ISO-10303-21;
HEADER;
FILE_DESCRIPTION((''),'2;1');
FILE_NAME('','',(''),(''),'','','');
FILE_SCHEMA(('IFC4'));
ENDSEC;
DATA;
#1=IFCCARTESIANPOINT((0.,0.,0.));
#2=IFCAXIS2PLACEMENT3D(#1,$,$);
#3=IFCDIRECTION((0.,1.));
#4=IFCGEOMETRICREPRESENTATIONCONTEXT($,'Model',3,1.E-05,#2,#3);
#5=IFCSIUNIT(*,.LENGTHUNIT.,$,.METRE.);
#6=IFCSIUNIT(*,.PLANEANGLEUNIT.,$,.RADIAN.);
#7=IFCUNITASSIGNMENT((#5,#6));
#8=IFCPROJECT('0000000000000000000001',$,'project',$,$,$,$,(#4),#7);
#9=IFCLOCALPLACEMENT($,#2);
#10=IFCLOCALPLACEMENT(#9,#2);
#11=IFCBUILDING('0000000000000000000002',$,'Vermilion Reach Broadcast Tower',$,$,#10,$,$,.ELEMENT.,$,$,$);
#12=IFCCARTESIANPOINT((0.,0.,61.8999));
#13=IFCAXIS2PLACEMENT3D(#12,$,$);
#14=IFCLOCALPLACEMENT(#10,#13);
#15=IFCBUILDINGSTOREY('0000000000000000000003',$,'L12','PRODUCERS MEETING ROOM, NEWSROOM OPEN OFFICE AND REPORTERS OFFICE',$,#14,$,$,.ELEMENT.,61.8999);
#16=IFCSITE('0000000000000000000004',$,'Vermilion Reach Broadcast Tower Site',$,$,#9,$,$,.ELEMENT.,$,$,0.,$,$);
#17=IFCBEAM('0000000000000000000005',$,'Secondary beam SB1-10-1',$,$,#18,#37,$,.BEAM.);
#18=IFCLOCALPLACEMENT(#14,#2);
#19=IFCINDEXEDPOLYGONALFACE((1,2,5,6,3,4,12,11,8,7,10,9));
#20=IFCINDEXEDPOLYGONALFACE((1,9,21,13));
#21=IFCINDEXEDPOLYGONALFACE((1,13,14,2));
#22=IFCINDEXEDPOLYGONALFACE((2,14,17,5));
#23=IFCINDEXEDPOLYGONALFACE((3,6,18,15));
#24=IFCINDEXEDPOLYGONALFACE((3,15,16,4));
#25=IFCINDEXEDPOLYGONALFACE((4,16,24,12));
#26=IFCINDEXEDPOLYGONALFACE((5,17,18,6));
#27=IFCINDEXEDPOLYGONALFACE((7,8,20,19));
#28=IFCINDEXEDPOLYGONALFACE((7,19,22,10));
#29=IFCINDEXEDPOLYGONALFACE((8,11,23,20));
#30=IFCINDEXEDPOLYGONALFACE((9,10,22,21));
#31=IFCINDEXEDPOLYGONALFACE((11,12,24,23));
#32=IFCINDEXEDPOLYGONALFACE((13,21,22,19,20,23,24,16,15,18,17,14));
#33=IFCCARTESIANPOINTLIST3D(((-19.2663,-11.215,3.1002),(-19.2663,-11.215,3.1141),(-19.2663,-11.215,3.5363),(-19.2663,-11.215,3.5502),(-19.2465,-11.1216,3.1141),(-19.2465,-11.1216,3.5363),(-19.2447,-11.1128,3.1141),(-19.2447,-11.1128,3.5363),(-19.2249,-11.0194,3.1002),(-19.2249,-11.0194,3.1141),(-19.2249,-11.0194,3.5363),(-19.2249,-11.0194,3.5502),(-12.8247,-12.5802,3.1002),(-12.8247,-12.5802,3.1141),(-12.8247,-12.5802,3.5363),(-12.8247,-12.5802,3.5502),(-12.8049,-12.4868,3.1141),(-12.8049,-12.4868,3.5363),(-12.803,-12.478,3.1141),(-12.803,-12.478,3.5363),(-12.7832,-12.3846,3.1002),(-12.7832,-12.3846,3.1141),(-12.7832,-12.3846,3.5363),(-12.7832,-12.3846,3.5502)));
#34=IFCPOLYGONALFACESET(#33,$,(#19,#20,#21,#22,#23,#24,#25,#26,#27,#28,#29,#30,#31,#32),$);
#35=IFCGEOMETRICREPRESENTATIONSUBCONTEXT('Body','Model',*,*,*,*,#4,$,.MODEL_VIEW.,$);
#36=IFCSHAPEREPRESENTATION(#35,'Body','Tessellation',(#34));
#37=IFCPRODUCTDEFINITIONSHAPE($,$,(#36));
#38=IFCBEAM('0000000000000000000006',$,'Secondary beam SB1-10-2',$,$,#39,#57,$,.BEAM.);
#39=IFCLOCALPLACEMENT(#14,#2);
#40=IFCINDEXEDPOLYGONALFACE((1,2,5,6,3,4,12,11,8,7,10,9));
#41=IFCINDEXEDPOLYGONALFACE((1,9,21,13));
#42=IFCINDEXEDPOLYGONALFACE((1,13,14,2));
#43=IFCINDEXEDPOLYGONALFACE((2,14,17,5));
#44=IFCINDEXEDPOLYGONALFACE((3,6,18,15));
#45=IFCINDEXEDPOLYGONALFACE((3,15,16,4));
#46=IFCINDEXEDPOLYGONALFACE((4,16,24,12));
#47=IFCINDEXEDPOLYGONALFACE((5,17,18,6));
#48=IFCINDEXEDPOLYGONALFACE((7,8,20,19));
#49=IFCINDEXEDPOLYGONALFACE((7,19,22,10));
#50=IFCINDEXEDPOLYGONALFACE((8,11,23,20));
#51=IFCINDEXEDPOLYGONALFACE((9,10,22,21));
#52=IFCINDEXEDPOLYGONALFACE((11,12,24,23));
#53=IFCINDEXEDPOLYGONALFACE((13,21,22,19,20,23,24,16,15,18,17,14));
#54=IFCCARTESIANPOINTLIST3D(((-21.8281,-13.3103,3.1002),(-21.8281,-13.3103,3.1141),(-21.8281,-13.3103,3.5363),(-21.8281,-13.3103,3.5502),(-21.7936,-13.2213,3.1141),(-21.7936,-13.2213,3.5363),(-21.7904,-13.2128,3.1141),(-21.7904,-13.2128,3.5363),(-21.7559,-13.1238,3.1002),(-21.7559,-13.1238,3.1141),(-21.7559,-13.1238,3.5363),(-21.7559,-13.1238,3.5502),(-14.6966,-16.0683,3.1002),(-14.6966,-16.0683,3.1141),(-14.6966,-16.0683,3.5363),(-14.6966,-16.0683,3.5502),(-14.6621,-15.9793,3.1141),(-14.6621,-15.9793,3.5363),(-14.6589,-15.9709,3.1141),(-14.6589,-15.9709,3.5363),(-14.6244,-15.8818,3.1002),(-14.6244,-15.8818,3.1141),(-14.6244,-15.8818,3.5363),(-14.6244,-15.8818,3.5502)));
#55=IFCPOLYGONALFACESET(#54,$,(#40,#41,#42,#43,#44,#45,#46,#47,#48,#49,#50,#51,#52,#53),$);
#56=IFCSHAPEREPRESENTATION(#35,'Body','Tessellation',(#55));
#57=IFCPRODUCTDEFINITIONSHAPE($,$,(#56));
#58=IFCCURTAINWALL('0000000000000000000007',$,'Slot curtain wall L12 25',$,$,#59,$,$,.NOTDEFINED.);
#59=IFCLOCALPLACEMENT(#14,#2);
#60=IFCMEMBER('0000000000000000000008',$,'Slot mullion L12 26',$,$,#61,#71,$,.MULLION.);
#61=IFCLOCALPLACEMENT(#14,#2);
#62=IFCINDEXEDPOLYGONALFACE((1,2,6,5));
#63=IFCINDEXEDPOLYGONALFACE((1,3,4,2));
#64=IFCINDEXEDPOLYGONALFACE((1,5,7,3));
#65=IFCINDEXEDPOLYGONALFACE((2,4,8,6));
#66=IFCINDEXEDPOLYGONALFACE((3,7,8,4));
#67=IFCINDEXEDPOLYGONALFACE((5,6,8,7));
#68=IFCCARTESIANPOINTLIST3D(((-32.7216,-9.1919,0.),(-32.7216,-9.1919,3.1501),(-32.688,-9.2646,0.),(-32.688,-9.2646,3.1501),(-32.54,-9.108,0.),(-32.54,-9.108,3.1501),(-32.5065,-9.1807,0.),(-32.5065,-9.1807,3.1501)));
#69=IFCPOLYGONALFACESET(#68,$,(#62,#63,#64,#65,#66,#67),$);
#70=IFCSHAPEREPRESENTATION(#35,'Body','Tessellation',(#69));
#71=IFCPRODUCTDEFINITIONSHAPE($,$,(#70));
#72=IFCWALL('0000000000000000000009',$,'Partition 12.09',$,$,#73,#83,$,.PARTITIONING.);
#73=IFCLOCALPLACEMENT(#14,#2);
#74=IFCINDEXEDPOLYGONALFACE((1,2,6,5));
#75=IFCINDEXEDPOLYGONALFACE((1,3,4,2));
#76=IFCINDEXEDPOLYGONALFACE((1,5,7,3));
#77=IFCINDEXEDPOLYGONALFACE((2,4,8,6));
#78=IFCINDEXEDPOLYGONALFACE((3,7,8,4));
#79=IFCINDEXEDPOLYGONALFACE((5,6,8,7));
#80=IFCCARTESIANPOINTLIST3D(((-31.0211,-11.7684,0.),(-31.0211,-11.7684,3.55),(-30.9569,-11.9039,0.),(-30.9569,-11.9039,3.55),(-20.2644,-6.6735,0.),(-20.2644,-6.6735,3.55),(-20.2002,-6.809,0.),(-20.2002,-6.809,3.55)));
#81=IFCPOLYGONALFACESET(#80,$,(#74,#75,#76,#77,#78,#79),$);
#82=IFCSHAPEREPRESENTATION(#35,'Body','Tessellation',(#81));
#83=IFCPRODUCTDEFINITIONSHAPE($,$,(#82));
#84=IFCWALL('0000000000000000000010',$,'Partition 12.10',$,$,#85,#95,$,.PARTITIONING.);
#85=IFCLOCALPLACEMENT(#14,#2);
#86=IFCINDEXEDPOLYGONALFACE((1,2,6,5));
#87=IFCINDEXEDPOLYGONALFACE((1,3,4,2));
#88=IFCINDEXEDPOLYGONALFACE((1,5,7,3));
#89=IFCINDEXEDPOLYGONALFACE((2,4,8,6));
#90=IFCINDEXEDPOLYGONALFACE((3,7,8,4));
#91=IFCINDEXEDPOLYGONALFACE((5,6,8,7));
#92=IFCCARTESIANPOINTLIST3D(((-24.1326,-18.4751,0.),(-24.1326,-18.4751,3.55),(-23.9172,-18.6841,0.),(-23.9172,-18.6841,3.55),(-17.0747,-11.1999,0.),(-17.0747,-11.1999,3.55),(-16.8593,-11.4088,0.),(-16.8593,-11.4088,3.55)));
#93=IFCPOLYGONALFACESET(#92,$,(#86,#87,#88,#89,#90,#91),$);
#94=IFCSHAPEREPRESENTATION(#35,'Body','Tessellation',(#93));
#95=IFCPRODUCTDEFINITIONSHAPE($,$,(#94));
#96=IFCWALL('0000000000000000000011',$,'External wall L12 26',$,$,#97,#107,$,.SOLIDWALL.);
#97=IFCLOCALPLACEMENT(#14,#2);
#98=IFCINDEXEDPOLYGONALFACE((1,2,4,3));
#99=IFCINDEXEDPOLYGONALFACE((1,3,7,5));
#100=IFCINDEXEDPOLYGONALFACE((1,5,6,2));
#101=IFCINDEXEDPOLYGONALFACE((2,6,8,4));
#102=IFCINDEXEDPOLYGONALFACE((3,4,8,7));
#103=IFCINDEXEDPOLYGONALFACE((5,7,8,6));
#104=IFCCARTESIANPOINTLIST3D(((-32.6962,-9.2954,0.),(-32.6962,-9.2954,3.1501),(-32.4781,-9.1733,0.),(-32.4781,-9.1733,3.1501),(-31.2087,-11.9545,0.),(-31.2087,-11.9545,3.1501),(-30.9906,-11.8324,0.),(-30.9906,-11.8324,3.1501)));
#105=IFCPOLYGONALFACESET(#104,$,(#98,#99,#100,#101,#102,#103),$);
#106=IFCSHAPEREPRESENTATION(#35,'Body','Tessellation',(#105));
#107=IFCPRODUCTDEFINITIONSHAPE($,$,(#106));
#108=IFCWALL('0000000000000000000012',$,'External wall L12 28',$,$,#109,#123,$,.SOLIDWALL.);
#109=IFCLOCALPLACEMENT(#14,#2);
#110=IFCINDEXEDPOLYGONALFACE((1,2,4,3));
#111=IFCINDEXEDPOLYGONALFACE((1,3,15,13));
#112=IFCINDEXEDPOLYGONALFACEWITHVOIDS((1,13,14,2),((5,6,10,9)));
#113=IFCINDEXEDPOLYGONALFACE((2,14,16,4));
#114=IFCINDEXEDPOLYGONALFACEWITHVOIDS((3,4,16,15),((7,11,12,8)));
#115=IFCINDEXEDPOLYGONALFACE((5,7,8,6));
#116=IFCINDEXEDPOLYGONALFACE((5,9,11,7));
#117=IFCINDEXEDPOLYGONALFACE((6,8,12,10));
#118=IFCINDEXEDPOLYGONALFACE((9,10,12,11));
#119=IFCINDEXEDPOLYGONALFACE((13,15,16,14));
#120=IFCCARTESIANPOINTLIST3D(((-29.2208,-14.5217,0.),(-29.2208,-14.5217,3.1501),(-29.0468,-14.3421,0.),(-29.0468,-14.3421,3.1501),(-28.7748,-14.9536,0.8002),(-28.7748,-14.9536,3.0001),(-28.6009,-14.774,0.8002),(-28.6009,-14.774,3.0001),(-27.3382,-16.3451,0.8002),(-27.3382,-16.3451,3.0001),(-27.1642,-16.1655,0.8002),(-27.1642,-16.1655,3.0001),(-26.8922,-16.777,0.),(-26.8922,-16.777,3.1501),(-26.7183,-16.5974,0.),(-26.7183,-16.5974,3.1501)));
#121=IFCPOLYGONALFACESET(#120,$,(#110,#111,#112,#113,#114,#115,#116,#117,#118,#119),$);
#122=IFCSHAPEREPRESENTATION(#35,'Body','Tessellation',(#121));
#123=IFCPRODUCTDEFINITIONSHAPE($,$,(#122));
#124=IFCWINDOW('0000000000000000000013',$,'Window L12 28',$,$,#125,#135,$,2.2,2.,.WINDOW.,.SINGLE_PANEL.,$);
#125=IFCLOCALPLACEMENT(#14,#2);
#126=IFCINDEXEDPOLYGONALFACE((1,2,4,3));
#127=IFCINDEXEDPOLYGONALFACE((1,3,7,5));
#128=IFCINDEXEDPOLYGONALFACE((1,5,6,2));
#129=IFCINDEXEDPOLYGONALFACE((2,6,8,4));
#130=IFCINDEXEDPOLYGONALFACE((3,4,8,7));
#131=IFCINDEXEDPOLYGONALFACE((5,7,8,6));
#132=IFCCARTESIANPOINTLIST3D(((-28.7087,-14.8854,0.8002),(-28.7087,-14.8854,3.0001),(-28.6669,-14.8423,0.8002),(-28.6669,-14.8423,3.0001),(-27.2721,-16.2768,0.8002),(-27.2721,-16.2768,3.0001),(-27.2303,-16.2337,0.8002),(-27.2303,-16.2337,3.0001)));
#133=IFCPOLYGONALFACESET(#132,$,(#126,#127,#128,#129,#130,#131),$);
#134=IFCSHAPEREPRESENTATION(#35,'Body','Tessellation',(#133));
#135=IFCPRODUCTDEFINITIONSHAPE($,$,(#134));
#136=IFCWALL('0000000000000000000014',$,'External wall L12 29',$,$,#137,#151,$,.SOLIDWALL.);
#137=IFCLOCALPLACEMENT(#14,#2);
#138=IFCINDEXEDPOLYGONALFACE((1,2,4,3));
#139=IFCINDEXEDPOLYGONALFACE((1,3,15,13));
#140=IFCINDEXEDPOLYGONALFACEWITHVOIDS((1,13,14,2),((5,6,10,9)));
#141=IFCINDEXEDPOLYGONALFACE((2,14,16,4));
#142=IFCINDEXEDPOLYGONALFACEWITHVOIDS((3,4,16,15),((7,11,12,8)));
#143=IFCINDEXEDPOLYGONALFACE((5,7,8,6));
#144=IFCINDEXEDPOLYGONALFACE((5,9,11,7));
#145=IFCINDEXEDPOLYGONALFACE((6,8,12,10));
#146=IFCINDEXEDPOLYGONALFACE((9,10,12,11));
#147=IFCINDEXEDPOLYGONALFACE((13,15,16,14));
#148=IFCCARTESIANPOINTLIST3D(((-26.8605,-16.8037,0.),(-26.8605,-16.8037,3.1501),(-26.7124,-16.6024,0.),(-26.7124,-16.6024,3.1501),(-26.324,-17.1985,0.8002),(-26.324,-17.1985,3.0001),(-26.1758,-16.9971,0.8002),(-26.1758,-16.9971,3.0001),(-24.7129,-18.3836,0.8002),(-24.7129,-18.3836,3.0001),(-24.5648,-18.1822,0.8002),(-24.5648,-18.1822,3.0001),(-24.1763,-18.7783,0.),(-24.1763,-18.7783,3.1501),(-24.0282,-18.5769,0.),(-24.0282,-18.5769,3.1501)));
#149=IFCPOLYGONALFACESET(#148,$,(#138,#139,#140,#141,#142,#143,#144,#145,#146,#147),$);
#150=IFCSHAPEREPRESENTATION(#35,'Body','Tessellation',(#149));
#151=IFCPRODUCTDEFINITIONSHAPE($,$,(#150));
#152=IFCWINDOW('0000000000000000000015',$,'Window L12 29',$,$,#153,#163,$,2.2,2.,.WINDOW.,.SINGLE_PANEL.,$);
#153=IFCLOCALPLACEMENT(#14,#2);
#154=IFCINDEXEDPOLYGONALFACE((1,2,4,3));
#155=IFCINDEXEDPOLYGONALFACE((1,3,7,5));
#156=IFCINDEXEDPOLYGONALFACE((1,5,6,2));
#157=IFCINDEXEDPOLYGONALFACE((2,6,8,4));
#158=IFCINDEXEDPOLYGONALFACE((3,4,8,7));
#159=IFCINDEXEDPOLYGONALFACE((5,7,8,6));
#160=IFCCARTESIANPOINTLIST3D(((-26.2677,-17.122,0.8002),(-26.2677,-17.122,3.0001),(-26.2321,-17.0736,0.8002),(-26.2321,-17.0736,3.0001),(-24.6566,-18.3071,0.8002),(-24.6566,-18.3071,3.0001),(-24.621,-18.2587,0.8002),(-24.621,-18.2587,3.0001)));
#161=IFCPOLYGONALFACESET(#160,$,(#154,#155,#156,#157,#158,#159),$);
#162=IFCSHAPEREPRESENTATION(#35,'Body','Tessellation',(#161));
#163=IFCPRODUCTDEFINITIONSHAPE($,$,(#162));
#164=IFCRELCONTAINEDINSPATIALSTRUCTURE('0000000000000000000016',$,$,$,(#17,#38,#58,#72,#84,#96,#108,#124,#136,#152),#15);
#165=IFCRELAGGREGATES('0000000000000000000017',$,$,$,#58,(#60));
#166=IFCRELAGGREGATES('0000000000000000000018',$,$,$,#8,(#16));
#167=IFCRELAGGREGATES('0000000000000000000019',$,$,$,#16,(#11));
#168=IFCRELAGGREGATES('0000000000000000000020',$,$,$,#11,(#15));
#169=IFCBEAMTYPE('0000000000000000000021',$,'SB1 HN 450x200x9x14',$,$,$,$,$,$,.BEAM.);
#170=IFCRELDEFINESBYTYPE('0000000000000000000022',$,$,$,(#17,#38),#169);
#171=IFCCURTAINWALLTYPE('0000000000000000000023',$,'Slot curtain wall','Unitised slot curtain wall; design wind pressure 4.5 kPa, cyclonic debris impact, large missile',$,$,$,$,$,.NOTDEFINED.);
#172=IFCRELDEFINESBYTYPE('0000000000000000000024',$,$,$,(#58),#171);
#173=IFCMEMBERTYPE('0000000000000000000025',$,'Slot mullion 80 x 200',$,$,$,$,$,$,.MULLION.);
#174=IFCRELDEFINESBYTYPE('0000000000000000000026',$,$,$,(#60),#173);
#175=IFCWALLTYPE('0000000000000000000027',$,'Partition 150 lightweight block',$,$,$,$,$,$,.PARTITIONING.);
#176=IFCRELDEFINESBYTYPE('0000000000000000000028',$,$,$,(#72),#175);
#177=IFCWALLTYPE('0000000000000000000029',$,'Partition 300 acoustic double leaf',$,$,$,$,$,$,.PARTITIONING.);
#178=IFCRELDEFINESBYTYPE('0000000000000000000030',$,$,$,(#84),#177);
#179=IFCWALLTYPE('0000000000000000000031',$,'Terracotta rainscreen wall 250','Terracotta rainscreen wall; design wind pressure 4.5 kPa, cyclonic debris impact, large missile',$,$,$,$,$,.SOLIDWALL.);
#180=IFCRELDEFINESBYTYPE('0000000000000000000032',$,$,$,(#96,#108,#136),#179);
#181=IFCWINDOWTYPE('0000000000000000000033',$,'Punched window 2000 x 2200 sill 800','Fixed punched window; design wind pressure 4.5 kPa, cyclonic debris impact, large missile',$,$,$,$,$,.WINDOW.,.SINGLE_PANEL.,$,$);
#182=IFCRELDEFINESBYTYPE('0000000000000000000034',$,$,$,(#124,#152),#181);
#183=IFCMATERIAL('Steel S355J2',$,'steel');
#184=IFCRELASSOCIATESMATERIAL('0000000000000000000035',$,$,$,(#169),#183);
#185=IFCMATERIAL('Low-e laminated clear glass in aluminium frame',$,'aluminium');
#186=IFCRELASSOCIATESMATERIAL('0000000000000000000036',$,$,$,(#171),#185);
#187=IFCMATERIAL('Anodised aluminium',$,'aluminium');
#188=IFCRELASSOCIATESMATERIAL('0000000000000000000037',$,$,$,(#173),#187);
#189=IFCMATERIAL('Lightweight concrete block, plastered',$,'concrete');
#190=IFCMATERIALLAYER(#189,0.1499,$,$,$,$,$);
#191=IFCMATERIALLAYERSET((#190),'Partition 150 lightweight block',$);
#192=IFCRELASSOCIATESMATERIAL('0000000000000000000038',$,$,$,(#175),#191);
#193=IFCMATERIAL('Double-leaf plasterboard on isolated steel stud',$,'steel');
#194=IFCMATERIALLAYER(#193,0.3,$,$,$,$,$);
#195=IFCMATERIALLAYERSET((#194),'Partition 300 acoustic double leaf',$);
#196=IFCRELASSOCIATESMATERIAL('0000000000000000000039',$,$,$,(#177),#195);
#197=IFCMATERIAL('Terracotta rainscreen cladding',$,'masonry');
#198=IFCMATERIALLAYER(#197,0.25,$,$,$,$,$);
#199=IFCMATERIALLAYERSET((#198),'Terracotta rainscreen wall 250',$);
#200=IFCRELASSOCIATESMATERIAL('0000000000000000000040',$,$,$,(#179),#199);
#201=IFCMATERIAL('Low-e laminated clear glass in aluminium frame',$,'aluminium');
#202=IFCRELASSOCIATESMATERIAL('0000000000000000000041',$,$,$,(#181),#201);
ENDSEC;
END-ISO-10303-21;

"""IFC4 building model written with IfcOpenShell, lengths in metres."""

from ifc_helpers import new_model, si_unit, direction, frame, frame_2d, origin, origin_2d, place, context, subcontext, project, spatial, rectangle, i_section, extrude, material, layer, layer_set, material_profile, profile_set, type_object, element, fill, aggregate, save


model = new_model("IFC4")

# Units and contexts
model_context = context("Model", 3, precision=1e-05, world=origin(), true_north=direction((0.0, 1.0)))
body_context = subcontext(model_context, "Body", "Model", "MODEL_VIEW")
ifc_project = project(units=[si_unit("LENGTHUNIT", "METRE"), si_unit("PLANEANGLEUNIT", "RADIAN")], contexts=[model_context])

# Site, building, storey
site_placement = place(None, origin())
site = spatial("IfcSite", under=ifc_project, at=site_placement, Name="Vermilion Reach Broadcast Tower Site", CompositionType="ELEMENT", RefElevation=0.0)
building_placement = place(site_placement, origin())
building = spatial("IfcBuilding", under=site, at=building_placement, Name="Vermilion Reach Broadcast Tower", CompositionType="ELEMENT")
storey_placement = place(building_placement, frame((0.0, 0.0, 61.8999)))
storey = spatial("IfcBuildingStorey", under=building, at=storey_placement, Name="L12", Description="PRODUCERS MEETING ROOM, NEWSROOM OPEN OFFICE AND REPORTERS OFFICE", CompositionType="ELEMENT", Elevation=61.8999)

# Beams
ifc_material_1 = material(Name="Steel S355J2", Category="steel")
ifc_material_profile_1 = material_profile(ifc_material_1, i_section(OverallWidth=0.2, OverallDepth=0.45, WebThickness=0.009, FlangeThickness=0.0139, at=origin_2d()), Name="S355J2 HN 450x200x9x14")
ifc_profile_set_1 = profile_set([ifc_material_profile_1], Name="Steel S355J2")
beam_type_1 = type_object("IfcBeamType", Name="SB1 HN 450x200x9x14", PredefinedType="BEAM", material=ifc_profile_set_1)
beam_1_placement = place(storey_placement, frame((-19.2456, -11.1172, 3.3252), z_axis=(0.97827, -0.207333, 0.0), x_axis=(0.207333, 0.97827, 0.0)))
element("IfcBeam", 1, at=beam_1_placement, inside=storey, type_object=beam_type_1, Name="Secondary beam SB1-10-1", PredefinedType="BEAM", context=body_context, shape_type="SweptSolid", body=[
    extrude(i_section(OverallWidth=0.2, OverallDepth=0.45, WebThickness=0.009, FlangeThickness=0.0139, at=origin_2d()), origin(), (0.0, 0.0, 1.0), 6.5847),
])
beam_2_placement = place(storey_placement, frame((-21.792, -13.217, 3.3252), z_axis=(0.932681, -0.360703, 0.0), x_axis=(0.360703, 0.932681, 0.0)))
element("IfcBeam", 2, at=beam_2_placement, inside=storey, type_object=beam_type_1, Name="Secondary beam SB1-10-2", PredefinedType="BEAM", context=body_context, shape_type="SweptSolid", body=[
    extrude(i_section(OverallWidth=0.2, OverallDepth=0.45, WebThickness=0.009, FlangeThickness=0.0139, at=origin_2d()), origin(), (0.0, 0.0, 1.0), 7.6462),
])

# Curtain wall, member
ifc_material_2 = material(Name="Low-e laminated clear glass in aluminium frame", Category="aluminium")
curtain_wall_type = type_object("IfcCurtainWallType", Name="Slot curtain wall", Description="Unitised slot curtain wall; design wind pressure 4.5 kPa, cyclonic debris impact, large missile", PredefinedType="NOTDEFINED", material=ifc_material_2)
curtain_wall_placement = place(storey_placement, origin())
curtain_wall = element("IfcCurtainWall", 3, at=curtain_wall_placement, inside=storey, type_object=curtain_wall_type, Name="Slot curtain wall L12 25", PredefinedType="NOTDEFINED")
ifc_material_3 = material(Name="Anodised aluminium", Category="aluminium")
ifc_material_profile_2 = material_profile(ifc_material_3, rectangle(XDim=0.2, YDim=0.0801, at=origin_2d()), Name="Slot mullion 80 x 200")
ifc_profile_set_2 = profile_set([ifc_material_profile_2], Name="Anodised aluminium")
member_type = type_object("IfcMemberType", Name="Slot mullion 80 x 200", PredefinedType="MULLION", material=ifc_profile_set_2)
member_placement = place(storey_placement, frame((-32.614, -9.1863, 0.0), z_axis=(0.0, 0.0, 1.0), x_axis=(0.907826, 0.419348, 0.0)))
member = element("IfcMember", 4, at=member_placement, type_object=member_type, Name="Slot mullion L12 26", PredefinedType="MULLION", context=body_context, shape_type="SweptSolid", body=[
    extrude(rectangle(XDim=0.2, YDim=0.0801, at=origin_2d()), origin(), (0.0, 0.0, 1.0), 3.1501),
])
aggregate(curtain_wall, [member])

# Walls
ifc_material_4 = material(Name="Lightweight concrete block, plastered", Category="concrete")
ifc_layer_1 = layer(ifc_material_4, 0.1499)
ifc_layer_set_1 = layer_set([ifc_layer_1], Name="Partition 150 lightweight block")
wall_type_1 = type_object("IfcWallType", Name="Partition 150 lightweight block", PredefinedType="PARTITIONING", material=ifc_layer_set_1)
wall_1_placement = place(storey_placement, frame((-30.989, -11.8362, 0.0), z_axis=(0.0, 0.0, 1.0), x_axis=(0.90375, 0.428061, 0.0)))
element("IfcWall", 5, at=wall_1_placement, inside=storey, type_object=wall_type_1, Name="Partition 12.09", PredefinedType="PARTITIONING", context=body_context, shape_type="SweptSolid", body=[
    extrude(rectangle(XDim=11.9023, YDim=0.1499, at=frame_2d((5.9512, 0.0))), origin(), (0.0, 0.0, 1.0), 3.55),
])
ifc_material_5 = material(Name="Double-leaf plasterboard on isolated steel stud", Category="steel")
ifc_layer_2 = layer(ifc_material_5, 0.3)
ifc_layer_set_2 = layer_set([ifc_layer_2], Name="Partition 300 acoustic double leaf")
wall_type_2 = type_object("IfcWallType", Name="Partition 300 acoustic double leaf", PredefinedType="PARTITIONING", material=ifc_layer_set_2)
wall_2_placement = place(storey_placement, frame((-24.0249, -18.5796, 0.0), z_axis=(0.0, 0.0, 1.0), x_axis=(0.696307, 0.717744, 0.0)))
element("IfcWall", 6, at=wall_2_placement, inside=storey, type_object=wall_type_2, Name="Partition 12.10", PredefinedType="PARTITIONING", context=body_context, shape_type="SweptSolid", body=[
    extrude(rectangle(XDim=10.1362, YDim=0.3, at=frame_2d((5.0681, 0.0))), origin(), (0.0, 0.0, 1.0), 3.55),
])
ifc_material_6 = material(Name="Terracotta rainscreen cladding", Category="masonry")
ifc_layer_3 = layer(ifc_material_6, 0.25)
ifc_layer_set_3 = layer_set([ifc_layer_3], Name="Terracotta rainscreen wall 250")
wall_type_3 = type_object("IfcWallType", Name="Terracotta rainscreen wall 250", Description="Terracotta rainscreen wall; design wind pressure 4.5 kPa, cyclonic debris impact, large missile", PredefinedType="SOLIDWALL", material=ifc_layer_set_3)
wall_3_placement = place(storey_placement, frame((-32.5872, -9.2344, 0.0), z_axis=(0.0, 0.0, 1.0), x_axis=(0.488206, -0.872729, 0.0)))
element("IfcWall", 7, at=wall_3_placement, inside=storey, type_object=wall_type_3, Name="External wall L12 26", PredefinedType="SOLIDWALL", context=body_context, shape_type="SweptSolid", body=[
    extrude(rectangle(XDim=3.0469, YDim=0.25, at=frame_2d((1.5234, 0.0))), origin(), (0.0, 0.0, 1.0), 3.1501),
])

# Walls, openings, windows
wall_4_placement = place(storey_placement, frame((-29.1338, -14.4319, 0.0), z_axis=(0.0, 0.0, 1.0), x_axis=(0.718313, -0.69572, 0.0)))
wall_4 = element("IfcWall", 8, at=wall_4_placement, inside=storey, type_object=wall_type_3, Name="External wall L12 28", PredefinedType="SOLIDWALL", context=body_context, shape_type="SweptSolid", body=[
    extrude(rectangle(XDim=3.2417, YDim=0.25, at=frame_2d((1.6208, 0.0))), origin(), (0.0, 0.0, 1.0), 3.1501),
])
opening_1_placement = place(wall_4_placement, frame((0.6208, 0.0, 0.8)))
opening_1 = element("IfcOpeningElement", 9, at=opening_1_placement, cuts=wall_4, PredefinedType="OPENING", context=body_context, shape_type="SweptSolid", body=[
    extrude(rectangle(XDim=2.0, YDim=2.2, at=frame_2d((1.0, 1.1001))), frame((0.0, 0.135, 0.0), z_axis=(0.0, -1.0, 0.0), x_axis=(1.0, 0.0, 0.0)), (0.0, 0.0, 1.0), 0.27),
])
ifc_material_7 = material(Name="Low-e laminated clear glass in aluminium frame", Category="aluminium")
window_type = type_object("IfcWindowType", Name="Punched window 2000 x 2200 sill 800", Description="Fixed punched window; design wind pressure 4.5 kPa, cyclonic debris impact, large missile", PartitioningType="SINGLE_PANEL", PredefinedType="WINDOW", material=ifc_material_7)
window_1_placement = place(opening_1_placement, origin())
window_1 = element("IfcWindow", 10, at=window_1_placement, inside=storey, type_object=window_type, Name="Window L12 28", OverallHeight=2.2, OverallWidth=2.0, PartitioningType="SINGLE_PANEL", PredefinedType="WINDOW", context=body_context, shape_type="SweptSolid", body=[
    extrude(rectangle(XDim=2.0, YDim=2.2, at=frame_2d((1.0, 1.1001))), frame((0.0, 0.03, 0.0), z_axis=(0.0, -1.0, 0.0), x_axis=(1.0, 0.0, 0.0)), (0.0, 0.0, 1.0), 0.0601),
])
fill(opening_1, window_1)
wall_5_placement = place(storey_placement, frame((-26.7864, -16.7031, 0.0), z_axis=(0.0, 0.0, 1.0), x_axis=(0.805531, -0.592554, 0.0)))
wall_5 = element("IfcWall", 11, at=wall_5_placement, inside=storey, type_object=wall_type_3, Name="External wall L12 29", PredefinedType="SOLIDWALL", context=body_context, shape_type="SweptSolid", body=[
    extrude(rectangle(XDim=3.3323, YDim=0.25, at=frame_2d((1.666, 0.0))), origin(), (0.0, 0.0, 1.0), 3.1501),
])
opening_2_placement = place(wall_5_placement, frame((0.666, 0.0, 0.8)))
opening_2 = element("IfcOpeningElement", 12, at=opening_2_placement, cuts=wall_5, PredefinedType="OPENING", context=body_context, shape_type="SweptSolid", body=[
    extrude(rectangle(XDim=2.0, YDim=2.2, at=frame_2d((1.0, 1.1001))), frame((0.0, 0.135, 0.0), z_axis=(0.0, -1.0, 0.0), x_axis=(1.0, 0.0, 0.0)), (0.0, 0.0, 1.0), 0.27),
])
window_2_placement = place(opening_2_placement, origin())
window_2 = element("IfcWindow", 13, at=window_2_placement, inside=storey, type_object=window_type, Name="Window L12 29", OverallHeight=2.2, OverallWidth=2.0, PartitioningType="SINGLE_PANEL", PredefinedType="WINDOW", context=body_context, shape_type="SweptSolid", body=[
    extrude(rectangle(XDim=2.0, YDim=2.2, at=frame_2d((1.0, 1.1001))), frame((0.0, 0.03, 0.0), z_axis=(0.0, -1.0, 0.0), x_axis=(1.0, 0.0, 0.0)), (0.0, 0.0, 1.0), 0.0601),
])
fill(opening_2, window_2)

save(model, "model.ifc")
